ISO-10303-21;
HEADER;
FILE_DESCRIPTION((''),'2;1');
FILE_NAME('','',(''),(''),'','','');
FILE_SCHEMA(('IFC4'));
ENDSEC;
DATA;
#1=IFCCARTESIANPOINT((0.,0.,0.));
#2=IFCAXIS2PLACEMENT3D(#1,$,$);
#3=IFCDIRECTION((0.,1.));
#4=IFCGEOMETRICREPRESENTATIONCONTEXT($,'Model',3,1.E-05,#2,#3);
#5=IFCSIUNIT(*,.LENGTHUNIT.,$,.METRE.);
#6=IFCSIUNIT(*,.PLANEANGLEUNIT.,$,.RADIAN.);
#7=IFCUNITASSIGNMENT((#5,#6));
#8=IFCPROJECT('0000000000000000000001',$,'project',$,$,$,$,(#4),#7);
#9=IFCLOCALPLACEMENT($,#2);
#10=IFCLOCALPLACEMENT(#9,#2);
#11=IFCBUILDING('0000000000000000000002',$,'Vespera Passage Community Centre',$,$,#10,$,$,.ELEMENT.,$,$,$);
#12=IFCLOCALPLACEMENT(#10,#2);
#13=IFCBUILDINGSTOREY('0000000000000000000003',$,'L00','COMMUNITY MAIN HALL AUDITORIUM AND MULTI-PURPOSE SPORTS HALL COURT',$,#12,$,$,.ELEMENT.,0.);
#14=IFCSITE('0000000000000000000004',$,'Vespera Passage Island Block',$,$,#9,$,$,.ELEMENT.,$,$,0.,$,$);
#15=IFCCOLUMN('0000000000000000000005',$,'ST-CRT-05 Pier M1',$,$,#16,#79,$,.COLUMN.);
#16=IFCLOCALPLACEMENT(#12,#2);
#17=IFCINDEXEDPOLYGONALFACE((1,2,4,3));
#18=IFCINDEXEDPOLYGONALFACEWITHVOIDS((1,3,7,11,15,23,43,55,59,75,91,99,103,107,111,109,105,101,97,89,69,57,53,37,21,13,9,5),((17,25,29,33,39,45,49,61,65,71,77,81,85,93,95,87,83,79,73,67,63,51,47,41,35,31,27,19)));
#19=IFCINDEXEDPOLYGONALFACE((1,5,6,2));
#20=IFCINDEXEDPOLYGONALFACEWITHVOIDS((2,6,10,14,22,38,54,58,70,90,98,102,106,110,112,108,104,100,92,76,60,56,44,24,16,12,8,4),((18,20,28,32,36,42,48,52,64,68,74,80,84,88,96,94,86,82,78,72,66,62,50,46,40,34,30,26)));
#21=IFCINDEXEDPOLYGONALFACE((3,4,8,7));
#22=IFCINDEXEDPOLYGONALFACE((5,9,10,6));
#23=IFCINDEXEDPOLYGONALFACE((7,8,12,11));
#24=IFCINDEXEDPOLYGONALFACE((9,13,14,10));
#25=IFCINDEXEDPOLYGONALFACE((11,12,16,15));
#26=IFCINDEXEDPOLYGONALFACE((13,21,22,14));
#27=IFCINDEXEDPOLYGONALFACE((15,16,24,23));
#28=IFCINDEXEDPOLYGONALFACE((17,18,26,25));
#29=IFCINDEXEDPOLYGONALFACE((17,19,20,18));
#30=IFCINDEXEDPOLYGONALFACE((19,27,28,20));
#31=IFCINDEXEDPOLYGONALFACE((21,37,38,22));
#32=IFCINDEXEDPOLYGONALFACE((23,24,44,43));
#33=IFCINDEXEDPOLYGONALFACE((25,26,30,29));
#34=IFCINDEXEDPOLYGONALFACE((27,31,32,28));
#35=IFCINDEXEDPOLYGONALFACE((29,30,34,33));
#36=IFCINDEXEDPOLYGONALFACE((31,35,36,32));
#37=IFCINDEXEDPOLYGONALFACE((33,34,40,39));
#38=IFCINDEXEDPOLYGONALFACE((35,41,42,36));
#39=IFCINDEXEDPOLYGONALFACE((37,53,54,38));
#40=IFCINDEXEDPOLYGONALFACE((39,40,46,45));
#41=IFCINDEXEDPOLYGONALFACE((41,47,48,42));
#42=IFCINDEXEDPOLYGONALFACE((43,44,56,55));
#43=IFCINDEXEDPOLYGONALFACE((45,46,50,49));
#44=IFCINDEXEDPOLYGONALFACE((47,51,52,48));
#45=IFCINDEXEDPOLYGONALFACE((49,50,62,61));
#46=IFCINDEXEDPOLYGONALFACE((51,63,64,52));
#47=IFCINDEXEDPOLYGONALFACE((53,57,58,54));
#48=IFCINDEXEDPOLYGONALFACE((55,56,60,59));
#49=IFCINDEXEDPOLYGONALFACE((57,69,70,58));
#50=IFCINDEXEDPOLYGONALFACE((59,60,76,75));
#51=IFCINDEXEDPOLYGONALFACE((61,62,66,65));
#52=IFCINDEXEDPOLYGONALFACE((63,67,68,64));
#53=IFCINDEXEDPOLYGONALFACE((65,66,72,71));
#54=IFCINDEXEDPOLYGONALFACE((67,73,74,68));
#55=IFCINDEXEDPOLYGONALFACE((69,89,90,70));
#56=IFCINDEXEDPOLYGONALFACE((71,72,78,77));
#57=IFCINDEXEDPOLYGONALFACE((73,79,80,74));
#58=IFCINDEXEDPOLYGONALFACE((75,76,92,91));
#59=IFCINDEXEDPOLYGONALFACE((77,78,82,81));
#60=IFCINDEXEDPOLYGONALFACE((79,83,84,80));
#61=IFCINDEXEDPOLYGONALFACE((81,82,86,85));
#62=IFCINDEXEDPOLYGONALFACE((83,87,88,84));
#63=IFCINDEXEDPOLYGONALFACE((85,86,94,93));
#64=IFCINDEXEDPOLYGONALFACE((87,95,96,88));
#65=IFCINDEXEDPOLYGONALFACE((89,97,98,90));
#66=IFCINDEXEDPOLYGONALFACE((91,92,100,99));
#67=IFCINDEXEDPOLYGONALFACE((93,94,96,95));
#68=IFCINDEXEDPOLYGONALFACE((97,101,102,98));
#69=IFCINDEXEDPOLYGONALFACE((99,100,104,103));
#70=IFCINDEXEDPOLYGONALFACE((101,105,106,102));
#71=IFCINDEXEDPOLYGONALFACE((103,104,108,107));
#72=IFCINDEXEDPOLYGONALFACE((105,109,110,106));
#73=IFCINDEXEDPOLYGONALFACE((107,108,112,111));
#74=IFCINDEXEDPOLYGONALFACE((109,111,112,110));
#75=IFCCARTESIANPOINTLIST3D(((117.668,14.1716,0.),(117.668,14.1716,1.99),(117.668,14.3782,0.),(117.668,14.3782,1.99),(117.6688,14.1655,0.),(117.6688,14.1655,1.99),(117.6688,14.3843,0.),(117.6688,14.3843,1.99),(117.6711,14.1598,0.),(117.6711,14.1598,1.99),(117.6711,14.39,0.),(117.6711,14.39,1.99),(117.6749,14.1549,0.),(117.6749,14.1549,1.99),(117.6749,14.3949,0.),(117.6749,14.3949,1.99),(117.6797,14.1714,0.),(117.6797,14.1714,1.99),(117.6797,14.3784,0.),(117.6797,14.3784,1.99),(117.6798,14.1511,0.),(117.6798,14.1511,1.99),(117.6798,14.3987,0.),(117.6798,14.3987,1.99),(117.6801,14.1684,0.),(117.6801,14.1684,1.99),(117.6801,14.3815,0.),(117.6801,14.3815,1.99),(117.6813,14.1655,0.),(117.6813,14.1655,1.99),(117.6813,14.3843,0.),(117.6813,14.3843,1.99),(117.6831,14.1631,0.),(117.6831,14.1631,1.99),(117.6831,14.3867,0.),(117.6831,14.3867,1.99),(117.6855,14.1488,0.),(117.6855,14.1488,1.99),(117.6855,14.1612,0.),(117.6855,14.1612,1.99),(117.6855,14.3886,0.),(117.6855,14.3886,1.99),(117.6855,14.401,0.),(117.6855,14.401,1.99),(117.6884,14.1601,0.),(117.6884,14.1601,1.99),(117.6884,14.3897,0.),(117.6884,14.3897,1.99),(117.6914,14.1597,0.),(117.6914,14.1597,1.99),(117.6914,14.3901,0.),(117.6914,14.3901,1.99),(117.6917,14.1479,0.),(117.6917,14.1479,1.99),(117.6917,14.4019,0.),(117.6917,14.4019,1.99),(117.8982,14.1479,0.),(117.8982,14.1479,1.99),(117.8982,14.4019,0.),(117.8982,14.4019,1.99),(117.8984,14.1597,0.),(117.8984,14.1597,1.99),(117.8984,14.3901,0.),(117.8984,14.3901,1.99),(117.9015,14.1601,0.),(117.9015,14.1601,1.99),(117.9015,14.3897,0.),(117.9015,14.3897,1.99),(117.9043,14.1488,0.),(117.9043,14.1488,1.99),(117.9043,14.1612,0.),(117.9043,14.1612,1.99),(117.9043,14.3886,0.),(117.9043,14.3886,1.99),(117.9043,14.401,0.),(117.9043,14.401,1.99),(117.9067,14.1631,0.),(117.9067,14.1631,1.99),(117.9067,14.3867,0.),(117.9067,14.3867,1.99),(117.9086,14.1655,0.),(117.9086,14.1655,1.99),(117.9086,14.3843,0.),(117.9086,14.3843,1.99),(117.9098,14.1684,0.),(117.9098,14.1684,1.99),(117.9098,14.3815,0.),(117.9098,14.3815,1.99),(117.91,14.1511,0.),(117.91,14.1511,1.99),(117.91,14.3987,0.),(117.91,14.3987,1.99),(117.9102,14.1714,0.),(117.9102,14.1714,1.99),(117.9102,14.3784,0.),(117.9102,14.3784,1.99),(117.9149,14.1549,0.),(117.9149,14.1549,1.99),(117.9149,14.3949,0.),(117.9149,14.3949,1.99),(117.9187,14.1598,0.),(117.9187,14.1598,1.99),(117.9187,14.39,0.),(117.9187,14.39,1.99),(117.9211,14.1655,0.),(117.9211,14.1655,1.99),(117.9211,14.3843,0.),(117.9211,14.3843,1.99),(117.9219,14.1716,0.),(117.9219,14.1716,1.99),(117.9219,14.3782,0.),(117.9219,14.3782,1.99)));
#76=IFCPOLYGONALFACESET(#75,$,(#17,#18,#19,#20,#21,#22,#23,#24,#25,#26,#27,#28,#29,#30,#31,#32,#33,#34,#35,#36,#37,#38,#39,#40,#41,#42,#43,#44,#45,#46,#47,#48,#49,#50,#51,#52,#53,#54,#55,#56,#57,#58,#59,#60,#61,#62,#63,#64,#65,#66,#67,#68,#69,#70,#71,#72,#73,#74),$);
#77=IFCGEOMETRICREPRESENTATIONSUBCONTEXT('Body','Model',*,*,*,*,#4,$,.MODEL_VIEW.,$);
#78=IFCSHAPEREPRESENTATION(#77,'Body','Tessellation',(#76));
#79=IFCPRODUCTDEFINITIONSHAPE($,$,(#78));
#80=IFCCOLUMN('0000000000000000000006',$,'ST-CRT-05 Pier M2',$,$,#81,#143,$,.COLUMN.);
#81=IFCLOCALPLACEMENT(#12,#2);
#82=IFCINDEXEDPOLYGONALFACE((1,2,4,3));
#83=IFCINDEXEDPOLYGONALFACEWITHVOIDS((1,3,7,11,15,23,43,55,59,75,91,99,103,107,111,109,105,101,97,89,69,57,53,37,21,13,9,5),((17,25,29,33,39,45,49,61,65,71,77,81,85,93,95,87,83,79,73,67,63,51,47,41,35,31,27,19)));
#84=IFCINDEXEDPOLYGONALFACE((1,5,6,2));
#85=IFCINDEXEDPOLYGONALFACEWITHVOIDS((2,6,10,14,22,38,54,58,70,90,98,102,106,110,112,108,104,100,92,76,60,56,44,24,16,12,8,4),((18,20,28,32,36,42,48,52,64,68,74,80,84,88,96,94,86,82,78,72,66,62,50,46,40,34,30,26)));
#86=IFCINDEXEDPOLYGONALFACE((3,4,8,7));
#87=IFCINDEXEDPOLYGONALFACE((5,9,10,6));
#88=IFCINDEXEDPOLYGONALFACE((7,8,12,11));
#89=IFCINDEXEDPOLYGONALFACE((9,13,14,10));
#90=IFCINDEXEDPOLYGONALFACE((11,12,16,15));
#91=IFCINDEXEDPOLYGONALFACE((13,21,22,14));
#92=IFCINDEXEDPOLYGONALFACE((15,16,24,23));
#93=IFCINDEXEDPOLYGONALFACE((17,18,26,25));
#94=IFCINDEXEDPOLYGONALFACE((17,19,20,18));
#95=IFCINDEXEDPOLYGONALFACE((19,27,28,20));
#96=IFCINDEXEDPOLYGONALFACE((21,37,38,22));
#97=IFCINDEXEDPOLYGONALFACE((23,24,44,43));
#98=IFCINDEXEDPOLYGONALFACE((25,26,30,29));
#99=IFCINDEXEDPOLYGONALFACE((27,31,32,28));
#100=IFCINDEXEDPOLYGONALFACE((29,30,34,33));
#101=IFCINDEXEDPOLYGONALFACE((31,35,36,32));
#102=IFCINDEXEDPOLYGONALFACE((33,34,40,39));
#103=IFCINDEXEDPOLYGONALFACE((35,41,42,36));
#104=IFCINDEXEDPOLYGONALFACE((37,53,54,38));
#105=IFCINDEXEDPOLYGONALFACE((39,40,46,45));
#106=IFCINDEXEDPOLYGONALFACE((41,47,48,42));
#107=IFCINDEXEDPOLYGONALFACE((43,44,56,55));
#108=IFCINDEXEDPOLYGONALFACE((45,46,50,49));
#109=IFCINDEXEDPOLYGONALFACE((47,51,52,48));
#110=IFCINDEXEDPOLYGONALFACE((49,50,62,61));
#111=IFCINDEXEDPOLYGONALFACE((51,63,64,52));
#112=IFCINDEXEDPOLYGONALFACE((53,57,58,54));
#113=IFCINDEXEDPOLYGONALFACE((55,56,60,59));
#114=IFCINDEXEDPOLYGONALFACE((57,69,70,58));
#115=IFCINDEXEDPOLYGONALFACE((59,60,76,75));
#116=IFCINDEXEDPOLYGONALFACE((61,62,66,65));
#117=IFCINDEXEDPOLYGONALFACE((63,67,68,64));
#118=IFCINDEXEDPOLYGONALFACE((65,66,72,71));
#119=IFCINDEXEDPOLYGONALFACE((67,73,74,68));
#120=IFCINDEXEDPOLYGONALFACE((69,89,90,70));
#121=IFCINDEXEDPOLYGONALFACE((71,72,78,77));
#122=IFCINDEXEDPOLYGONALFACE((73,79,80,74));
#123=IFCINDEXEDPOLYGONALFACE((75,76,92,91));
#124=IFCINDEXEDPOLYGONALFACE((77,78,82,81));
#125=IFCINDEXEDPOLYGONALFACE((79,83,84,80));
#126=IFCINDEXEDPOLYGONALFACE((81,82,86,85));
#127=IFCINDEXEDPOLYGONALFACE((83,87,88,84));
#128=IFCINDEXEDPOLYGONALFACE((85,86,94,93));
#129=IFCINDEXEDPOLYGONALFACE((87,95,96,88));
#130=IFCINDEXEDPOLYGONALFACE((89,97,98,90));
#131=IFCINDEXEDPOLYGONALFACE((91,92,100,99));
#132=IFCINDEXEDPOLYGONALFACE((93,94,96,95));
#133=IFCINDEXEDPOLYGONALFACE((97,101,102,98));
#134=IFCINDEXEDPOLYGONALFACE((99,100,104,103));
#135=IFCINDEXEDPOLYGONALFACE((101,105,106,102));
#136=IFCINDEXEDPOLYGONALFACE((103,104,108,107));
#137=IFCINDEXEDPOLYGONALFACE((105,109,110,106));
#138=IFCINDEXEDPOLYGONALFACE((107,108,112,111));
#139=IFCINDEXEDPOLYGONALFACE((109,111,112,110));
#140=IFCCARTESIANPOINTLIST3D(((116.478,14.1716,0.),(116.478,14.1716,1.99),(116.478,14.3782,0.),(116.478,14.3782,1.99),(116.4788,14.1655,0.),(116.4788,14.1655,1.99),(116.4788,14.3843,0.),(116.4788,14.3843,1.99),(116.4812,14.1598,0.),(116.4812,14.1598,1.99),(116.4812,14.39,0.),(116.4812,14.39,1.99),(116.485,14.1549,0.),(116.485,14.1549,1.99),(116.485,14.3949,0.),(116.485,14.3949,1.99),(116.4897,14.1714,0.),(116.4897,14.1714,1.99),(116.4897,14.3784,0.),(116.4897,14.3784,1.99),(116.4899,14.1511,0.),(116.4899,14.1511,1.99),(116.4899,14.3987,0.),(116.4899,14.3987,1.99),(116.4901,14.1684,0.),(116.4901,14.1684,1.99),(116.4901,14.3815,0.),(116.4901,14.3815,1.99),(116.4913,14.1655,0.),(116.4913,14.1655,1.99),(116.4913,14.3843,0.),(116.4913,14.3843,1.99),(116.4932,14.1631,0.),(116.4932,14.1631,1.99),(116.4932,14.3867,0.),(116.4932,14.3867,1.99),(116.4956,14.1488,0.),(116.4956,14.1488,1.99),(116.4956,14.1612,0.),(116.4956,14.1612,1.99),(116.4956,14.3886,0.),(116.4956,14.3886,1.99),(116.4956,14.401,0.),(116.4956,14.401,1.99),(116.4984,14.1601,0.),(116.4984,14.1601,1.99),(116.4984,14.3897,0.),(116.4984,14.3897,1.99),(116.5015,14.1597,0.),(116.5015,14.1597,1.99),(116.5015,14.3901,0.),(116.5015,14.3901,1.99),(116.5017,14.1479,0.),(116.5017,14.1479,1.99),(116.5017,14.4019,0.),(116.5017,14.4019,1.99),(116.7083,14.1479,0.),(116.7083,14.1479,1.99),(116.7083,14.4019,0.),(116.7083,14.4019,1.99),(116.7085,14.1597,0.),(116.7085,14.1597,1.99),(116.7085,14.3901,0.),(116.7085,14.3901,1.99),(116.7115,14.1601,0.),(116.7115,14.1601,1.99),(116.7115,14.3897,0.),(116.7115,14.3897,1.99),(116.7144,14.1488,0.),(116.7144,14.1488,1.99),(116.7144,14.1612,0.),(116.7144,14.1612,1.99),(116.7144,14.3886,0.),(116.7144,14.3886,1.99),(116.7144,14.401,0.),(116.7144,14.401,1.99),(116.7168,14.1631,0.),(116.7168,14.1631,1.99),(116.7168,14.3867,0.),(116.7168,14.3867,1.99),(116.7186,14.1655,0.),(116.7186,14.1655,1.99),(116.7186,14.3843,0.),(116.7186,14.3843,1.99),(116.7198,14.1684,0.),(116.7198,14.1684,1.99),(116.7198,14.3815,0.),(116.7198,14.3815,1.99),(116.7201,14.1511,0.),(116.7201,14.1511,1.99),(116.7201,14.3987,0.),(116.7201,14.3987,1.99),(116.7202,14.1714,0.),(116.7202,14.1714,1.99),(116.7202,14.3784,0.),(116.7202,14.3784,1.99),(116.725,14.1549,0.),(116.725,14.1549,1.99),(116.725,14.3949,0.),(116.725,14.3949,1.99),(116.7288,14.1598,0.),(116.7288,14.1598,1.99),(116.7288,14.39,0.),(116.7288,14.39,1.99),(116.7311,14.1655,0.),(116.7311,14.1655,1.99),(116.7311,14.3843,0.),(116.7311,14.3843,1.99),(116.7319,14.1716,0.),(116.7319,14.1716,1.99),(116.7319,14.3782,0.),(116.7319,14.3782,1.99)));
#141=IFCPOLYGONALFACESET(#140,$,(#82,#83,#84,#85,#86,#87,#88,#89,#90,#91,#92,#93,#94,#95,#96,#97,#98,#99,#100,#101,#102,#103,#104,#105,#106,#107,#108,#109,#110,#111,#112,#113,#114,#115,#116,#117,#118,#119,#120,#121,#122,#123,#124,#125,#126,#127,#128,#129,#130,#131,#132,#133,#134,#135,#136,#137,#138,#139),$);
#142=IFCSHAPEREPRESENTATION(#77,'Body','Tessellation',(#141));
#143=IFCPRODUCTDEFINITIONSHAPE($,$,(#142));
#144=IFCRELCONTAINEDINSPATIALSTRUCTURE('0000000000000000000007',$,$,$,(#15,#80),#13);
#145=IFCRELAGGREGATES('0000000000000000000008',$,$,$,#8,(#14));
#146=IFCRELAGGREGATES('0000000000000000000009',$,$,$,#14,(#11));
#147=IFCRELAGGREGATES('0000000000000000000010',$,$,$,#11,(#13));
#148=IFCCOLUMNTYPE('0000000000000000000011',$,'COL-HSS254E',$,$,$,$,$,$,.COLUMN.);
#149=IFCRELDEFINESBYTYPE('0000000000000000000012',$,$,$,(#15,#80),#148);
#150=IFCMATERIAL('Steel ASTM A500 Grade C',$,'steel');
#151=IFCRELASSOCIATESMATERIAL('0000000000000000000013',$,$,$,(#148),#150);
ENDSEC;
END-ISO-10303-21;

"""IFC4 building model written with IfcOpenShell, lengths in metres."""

from ifc_helpers import new_model, si_unit, direction, frame, origin, origin_2d, place, context, subcontext, project, spatial, hollow_rectangle, extrude, material, material_profile, profile_set, type_object, element, save


model = new_model("IFC4")

# Units and contexts
model_context = context("Model", 3, precision=1e-05, world=origin(), true_north=direction((0.0, 1.0)))
body_context = subcontext(model_context, "Body", "Model", "MODEL_VIEW")
ifc_project = project(units=[si_unit("LENGTHUNIT", "METRE"), si_unit("PLANEANGLEUNIT", "RADIAN")], contexts=[model_context])

# Site, building, storey
site_placement = place(None, origin())
site = spatial("IfcSite", under=ifc_project, at=site_placement, Name="Vespera Passage Island Block", CompositionType="ELEMENT", RefElevation=0.0)
building_placement = place(site_placement, origin())
building = spatial("IfcBuilding", under=site, at=building_placement, Name="Vespera Passage Community Centre", CompositionType="ELEMENT")
storey_placement = place(building_placement, origin())
storey = spatial("IfcBuildingStorey", under=building, at=storey_placement, Name="L00", Description="COMMUNITY MAIN HALL AUDITORIUM AND MULTI-PURPOSE SPORTS HALL COURT", CompositionType="ELEMENT", Elevation=0.0)

# Columns
ifc_material_1 = material(Name="Steel ASTM A500 Grade C", Category="steel")
ifc_material_profile_1 = material_profile(ifc_material_1, hollow_rectangle(XDim=0.2539, YDim=0.2539, WallThickness=0.0117, InnerFilletRadius=0.0117, OuterFilletRadius=0.0237, at=origin_2d()), Name="HSS254X254X12.7")
ifc_profile_set_1 = profile_set([ifc_material_profile_1], Name="Steel ASTM A500 Grade C")
column_type_1 = type_object("IfcColumnType", Name="COL-HSS254E", PredefinedType="COLUMN", material=ifc_profile_set_1)
for number, where, z_axis, x_axis, name in (
    (1, (117.7949, 14.2749, 0.0), (0.0, 0.0, 1.0), (1.0, 0.0, 0.0), "ST-CRT-05 Pier M1"),
    (2, (116.605, 14.2749, 0.0), (0.0, 0.0, 1.0), (1.0, 0.0, 0.0), "ST-CRT-05 Pier M2"),
):
    element("IfcColumn", number, at=place(storey_placement, frame(where, z_axis=z_axis, x_axis=x_axis)), inside=storey, type_object=column_type_1, Name=name, PredefinedType="COLUMN", context=body_context, shape_type="SweptSolid", body=[
        extrude(hollow_rectangle(XDim=0.2539, YDim=0.2539, WallThickness=0.0117, InnerFilletRadius=0.0117, OuterFilletRadius=0.0237, at=origin_2d()), origin(), (0.0, 0.0, 1.0), 1.99),
    ])

save(model, "model.ifc")
